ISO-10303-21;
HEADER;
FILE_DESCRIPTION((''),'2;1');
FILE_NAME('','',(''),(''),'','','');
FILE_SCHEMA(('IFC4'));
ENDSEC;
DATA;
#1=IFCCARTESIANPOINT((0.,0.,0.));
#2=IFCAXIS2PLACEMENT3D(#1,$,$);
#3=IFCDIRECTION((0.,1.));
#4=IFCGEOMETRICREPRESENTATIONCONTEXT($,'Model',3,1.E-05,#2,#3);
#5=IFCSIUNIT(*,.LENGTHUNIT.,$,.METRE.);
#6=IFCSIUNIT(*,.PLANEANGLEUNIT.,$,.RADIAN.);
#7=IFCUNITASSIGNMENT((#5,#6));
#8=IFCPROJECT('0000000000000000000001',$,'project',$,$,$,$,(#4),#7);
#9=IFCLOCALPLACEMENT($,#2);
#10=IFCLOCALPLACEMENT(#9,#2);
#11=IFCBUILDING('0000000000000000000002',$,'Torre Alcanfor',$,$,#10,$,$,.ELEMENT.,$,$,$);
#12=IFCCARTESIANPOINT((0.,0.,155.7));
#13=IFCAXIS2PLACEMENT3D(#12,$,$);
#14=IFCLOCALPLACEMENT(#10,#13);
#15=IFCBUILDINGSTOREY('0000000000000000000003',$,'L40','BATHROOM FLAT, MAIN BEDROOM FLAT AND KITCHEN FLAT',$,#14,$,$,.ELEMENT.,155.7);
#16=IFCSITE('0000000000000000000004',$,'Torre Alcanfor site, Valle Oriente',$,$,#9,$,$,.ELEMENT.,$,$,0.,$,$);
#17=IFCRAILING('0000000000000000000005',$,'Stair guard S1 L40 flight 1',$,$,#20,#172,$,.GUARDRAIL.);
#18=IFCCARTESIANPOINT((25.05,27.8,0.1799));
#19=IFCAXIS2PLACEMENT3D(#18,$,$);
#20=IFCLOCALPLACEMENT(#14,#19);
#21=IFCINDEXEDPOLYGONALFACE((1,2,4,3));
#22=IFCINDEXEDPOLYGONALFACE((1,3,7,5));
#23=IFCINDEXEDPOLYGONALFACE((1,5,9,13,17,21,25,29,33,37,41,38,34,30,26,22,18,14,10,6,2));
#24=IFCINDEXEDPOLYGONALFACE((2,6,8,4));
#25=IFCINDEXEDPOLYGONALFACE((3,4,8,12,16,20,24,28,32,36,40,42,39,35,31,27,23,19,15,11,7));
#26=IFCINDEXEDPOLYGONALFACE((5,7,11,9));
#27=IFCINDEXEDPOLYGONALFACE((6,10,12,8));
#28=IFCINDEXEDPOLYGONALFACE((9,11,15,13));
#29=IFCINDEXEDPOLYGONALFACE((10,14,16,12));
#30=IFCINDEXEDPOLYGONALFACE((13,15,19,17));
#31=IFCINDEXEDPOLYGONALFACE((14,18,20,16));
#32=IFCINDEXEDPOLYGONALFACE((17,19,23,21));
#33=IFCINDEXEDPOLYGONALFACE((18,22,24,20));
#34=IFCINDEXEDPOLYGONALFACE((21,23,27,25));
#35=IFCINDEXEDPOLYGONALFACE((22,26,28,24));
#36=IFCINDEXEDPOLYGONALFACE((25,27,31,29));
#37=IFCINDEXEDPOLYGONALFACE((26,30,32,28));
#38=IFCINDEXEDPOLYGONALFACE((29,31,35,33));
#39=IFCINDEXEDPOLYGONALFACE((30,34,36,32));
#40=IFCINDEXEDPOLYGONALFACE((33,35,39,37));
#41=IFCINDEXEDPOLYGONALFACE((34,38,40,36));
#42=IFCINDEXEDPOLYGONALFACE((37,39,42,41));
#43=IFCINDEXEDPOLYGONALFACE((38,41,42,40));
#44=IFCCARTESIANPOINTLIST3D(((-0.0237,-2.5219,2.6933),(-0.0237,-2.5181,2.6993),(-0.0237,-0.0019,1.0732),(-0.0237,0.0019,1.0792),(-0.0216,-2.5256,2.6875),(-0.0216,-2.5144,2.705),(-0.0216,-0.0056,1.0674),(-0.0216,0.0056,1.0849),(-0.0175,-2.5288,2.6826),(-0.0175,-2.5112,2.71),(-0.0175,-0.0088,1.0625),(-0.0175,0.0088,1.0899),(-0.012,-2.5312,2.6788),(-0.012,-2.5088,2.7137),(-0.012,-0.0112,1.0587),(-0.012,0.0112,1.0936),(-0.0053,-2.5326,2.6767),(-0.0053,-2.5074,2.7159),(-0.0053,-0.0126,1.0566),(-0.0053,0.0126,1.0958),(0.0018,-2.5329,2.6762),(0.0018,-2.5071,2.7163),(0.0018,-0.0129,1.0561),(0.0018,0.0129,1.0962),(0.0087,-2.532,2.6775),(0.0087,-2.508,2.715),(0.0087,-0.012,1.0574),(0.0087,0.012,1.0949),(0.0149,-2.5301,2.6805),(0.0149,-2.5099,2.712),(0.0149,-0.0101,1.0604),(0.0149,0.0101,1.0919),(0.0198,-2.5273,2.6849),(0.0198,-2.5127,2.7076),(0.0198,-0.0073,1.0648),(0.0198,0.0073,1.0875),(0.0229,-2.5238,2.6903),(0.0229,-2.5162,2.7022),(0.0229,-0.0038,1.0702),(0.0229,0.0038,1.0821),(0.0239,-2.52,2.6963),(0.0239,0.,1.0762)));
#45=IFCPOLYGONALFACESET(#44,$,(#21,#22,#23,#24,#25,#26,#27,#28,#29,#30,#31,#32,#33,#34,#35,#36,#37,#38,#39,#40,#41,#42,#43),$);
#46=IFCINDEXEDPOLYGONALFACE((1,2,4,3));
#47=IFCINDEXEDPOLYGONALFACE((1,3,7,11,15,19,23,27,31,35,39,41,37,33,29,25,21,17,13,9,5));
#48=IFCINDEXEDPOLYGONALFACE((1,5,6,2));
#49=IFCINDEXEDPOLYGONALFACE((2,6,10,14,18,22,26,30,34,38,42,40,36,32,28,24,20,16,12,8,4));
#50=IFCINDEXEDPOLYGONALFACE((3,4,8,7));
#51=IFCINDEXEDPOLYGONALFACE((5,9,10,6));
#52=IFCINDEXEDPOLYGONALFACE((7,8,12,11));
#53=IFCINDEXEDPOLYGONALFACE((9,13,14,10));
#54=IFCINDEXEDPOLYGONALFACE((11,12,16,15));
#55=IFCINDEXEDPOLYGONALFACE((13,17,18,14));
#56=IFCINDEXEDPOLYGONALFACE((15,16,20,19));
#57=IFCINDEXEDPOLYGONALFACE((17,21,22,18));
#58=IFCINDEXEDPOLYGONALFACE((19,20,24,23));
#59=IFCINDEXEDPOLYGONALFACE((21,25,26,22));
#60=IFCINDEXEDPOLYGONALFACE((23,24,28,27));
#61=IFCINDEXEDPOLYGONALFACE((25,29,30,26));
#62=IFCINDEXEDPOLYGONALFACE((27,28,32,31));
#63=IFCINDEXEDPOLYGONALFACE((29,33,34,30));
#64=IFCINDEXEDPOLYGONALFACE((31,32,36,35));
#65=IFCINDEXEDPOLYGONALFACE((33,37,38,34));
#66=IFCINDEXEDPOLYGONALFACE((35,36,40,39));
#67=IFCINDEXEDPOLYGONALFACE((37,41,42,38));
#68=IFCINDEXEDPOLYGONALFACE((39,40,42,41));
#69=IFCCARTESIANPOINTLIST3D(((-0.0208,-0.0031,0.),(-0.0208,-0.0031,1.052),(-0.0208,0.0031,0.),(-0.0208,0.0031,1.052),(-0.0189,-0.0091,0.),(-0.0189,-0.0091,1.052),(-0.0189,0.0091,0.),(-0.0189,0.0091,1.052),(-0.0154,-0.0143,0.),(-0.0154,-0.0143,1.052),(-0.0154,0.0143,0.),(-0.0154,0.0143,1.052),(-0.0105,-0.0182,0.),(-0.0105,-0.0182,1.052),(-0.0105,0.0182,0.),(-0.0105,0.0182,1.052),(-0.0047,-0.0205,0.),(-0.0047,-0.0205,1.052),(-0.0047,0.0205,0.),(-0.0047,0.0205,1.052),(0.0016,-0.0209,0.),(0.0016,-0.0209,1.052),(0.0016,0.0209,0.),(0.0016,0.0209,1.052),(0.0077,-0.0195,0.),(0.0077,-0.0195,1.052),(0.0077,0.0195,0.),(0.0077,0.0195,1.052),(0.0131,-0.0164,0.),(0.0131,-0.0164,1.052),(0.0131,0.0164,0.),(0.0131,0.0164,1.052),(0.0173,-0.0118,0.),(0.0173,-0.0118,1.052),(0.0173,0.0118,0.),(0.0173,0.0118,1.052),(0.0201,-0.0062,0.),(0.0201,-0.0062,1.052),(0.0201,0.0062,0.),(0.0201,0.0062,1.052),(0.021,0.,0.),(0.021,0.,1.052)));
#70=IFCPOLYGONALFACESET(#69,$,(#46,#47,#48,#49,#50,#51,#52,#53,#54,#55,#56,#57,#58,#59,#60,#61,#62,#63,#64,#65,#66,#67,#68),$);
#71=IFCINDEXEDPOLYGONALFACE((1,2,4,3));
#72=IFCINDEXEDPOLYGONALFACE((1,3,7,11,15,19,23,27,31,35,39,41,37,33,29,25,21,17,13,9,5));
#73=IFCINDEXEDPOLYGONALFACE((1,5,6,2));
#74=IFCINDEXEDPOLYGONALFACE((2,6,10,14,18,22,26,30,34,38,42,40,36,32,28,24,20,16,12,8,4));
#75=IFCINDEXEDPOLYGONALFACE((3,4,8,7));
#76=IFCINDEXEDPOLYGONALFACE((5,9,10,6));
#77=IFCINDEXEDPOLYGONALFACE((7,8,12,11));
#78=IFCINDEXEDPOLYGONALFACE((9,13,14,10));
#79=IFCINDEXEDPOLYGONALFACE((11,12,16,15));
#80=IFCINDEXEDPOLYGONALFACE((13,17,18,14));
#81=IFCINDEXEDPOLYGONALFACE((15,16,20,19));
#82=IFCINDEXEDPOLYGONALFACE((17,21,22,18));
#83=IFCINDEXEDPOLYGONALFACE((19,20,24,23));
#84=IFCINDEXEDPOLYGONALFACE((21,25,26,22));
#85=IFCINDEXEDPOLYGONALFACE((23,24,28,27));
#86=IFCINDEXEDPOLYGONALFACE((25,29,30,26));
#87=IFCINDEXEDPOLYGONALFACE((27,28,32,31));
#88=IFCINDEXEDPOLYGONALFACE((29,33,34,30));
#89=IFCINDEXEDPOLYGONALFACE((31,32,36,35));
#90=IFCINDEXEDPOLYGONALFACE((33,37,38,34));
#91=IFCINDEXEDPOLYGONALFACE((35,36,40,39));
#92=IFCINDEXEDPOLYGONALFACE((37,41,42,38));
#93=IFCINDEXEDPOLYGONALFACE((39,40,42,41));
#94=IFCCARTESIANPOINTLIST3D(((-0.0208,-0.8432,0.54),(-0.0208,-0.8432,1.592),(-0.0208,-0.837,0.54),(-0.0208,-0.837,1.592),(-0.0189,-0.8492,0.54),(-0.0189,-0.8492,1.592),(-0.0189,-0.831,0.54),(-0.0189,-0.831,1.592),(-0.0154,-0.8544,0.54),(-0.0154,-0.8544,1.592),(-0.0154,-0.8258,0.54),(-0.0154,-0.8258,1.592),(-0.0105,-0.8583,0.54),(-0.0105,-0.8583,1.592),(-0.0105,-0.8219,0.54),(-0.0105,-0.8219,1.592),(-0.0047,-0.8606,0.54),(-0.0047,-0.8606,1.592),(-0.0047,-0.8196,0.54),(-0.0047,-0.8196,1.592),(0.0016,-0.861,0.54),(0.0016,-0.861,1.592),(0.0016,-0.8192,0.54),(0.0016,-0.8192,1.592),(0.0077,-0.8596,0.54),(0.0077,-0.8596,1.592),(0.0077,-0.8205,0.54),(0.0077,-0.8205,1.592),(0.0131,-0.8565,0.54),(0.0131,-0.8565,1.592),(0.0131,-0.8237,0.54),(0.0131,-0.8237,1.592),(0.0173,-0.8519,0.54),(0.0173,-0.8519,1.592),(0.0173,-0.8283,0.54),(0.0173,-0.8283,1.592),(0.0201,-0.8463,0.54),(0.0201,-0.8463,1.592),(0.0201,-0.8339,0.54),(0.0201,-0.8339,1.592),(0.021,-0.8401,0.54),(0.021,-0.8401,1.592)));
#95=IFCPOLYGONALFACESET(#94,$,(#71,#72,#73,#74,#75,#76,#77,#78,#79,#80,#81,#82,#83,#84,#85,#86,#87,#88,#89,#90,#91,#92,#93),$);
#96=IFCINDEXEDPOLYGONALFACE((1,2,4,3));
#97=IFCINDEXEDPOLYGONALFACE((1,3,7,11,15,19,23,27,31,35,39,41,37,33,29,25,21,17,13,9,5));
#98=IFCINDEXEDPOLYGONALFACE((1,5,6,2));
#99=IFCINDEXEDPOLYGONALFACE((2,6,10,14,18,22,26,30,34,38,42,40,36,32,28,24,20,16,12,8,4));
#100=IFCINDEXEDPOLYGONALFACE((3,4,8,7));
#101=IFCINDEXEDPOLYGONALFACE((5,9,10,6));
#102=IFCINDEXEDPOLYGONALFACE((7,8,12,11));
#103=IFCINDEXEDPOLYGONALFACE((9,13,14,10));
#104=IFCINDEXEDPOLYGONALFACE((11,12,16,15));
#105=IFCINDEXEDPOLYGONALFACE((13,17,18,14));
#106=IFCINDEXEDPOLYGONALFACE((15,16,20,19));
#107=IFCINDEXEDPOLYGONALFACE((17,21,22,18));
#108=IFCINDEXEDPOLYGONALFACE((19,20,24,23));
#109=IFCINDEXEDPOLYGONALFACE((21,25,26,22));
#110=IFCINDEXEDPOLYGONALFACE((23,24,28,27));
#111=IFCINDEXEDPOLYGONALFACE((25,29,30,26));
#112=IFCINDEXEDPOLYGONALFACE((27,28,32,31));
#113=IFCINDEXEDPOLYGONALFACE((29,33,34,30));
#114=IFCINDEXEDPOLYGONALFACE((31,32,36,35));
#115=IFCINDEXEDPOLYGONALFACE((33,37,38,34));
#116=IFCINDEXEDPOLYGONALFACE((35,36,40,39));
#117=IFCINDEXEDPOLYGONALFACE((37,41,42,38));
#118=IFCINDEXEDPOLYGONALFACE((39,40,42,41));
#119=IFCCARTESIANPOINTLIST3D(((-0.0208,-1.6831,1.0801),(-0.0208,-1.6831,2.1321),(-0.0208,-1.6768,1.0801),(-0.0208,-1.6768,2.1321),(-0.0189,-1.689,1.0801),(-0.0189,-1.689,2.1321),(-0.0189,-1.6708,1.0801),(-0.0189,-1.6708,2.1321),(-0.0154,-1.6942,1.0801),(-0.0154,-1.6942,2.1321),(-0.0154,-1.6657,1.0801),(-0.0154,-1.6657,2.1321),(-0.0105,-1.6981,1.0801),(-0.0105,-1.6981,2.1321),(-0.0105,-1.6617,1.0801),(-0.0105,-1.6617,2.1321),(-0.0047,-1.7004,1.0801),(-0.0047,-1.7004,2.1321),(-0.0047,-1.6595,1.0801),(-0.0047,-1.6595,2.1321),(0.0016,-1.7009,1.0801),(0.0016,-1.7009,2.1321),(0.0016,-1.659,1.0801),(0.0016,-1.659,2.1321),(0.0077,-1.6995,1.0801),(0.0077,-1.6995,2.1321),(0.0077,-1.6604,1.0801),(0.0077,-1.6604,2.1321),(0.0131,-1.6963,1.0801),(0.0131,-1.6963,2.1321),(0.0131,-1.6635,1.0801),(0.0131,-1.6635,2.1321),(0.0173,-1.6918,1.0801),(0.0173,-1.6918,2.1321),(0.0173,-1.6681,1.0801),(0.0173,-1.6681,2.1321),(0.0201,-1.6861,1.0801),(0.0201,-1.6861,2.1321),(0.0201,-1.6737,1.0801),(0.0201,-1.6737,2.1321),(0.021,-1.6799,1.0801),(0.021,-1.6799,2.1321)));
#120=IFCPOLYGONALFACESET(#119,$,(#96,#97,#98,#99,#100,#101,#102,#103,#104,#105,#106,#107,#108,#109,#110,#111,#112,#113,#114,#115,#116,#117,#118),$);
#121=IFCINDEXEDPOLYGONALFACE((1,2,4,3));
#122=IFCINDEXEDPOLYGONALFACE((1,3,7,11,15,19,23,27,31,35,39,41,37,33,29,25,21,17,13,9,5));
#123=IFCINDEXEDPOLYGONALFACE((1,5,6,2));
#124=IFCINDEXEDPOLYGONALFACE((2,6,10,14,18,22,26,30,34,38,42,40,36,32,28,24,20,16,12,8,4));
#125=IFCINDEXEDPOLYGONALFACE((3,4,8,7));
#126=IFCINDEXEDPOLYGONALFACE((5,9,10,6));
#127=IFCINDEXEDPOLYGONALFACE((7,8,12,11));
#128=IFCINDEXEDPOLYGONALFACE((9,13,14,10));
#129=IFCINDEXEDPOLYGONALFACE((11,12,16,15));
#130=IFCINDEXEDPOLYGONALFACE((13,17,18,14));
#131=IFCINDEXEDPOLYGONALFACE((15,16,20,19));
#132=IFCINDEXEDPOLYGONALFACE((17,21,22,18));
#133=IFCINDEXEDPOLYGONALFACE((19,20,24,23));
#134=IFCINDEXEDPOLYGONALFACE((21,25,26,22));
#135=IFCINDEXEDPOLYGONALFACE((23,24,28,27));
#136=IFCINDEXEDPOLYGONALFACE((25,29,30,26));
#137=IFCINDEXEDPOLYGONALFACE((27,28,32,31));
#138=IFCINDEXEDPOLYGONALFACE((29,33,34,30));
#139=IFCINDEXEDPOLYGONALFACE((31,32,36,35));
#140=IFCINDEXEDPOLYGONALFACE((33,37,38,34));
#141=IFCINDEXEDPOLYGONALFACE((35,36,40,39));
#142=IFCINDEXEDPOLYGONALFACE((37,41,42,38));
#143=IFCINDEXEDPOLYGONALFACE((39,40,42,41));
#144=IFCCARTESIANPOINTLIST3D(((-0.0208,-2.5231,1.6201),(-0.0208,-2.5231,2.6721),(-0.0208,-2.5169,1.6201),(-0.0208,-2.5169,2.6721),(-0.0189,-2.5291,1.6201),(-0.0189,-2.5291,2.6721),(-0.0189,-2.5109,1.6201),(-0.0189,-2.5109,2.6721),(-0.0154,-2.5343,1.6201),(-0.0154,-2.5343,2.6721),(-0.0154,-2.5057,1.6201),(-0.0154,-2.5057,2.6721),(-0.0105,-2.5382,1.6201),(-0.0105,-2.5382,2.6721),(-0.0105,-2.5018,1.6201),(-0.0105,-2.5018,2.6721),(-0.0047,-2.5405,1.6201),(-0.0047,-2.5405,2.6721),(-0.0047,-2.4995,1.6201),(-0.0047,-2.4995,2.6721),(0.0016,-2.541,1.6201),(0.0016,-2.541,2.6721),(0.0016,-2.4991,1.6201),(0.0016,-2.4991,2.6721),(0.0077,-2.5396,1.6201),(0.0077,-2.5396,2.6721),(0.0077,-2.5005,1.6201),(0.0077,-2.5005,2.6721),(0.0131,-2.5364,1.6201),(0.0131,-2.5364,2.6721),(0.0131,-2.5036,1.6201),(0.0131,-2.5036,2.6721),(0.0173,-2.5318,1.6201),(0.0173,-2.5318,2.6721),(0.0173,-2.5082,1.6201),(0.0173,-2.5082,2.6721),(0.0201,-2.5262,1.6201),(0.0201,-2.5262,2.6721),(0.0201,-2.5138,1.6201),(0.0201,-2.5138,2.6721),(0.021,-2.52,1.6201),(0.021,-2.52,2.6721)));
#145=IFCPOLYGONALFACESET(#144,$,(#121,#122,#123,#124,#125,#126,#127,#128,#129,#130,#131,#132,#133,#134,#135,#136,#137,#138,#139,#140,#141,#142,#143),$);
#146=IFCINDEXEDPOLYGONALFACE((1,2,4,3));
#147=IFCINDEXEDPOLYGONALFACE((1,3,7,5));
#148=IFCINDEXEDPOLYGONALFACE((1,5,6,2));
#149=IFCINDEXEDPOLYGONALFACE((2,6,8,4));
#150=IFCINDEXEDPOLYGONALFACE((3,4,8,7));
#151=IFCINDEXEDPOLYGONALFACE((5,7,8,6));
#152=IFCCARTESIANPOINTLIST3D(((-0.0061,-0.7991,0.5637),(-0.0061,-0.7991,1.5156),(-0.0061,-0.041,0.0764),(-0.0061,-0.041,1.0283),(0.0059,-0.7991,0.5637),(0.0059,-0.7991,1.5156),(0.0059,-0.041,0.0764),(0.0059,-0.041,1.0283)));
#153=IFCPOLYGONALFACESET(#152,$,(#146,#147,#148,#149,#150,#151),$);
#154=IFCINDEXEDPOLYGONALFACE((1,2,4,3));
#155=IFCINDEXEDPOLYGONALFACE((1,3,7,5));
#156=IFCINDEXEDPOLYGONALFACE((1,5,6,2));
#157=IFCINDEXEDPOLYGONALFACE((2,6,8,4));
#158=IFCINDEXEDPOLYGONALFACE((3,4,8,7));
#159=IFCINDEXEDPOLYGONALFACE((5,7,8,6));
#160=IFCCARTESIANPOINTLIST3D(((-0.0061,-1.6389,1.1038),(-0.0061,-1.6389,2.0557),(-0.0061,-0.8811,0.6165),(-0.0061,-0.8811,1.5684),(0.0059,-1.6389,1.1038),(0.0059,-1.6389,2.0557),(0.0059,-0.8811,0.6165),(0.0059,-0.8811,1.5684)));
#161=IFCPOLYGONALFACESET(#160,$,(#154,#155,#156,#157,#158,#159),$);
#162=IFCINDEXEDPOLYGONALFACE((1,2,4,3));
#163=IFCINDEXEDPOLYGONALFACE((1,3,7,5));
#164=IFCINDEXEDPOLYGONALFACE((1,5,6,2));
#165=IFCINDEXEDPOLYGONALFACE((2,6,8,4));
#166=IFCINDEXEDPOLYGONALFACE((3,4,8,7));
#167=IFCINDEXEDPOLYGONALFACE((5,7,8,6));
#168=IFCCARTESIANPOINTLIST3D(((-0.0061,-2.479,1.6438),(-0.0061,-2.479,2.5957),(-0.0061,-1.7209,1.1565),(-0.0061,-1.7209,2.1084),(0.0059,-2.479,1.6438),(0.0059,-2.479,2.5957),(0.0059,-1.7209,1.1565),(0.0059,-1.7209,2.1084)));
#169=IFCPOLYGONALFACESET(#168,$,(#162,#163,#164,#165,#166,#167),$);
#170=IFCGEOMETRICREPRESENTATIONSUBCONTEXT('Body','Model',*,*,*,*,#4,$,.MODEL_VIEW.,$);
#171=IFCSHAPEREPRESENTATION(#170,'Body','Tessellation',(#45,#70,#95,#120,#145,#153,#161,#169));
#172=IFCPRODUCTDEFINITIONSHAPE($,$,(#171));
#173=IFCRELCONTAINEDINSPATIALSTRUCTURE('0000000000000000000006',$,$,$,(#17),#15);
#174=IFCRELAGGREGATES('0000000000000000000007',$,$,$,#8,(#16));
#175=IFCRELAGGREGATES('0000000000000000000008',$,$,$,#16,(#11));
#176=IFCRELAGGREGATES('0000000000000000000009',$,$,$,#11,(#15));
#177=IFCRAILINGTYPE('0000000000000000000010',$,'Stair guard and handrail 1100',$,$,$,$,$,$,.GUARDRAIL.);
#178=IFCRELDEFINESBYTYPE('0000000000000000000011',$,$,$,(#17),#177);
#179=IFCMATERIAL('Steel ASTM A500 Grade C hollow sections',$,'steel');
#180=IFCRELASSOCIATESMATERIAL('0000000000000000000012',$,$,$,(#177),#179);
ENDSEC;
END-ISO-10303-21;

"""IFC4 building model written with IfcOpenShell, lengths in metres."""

from ifc_helpers import new_model, si_unit, direction, frame, origin, origin_2d, place, context, subcontext, project, spatial, polyline, circle, outline, extrude, material, type_object, element, save


model = new_model("IFC4")

# Units and contexts
model_context = context("Model", 3, precision=1e-05, world=origin(), true_north=direction((0.0, 1.0)))
body_context = subcontext(model_context, "Body", "Model", "MODEL_VIEW")
ifc_project = project(units=[si_unit("LENGTHUNIT", "METRE"), si_unit("PLANEANGLEUNIT", "RADIAN")], contexts=[model_context])

# Site, building, storey
site_placement = place(None, origin())
site = spatial("IfcSite", under=ifc_project, at=site_placement, Name="Torre Alcanfor site, Valle Oriente", CompositionType="ELEMENT", RefElevation=0.0)
building_placement = place(site_placement, origin())
building = spatial("IfcBuilding", under=site, at=building_placement, Name="Torre Alcanfor", CompositionType="ELEMENT")
storey_placement = place(building_placement, frame((0.0, 0.0, 155.7)))
storey = spatial("IfcBuildingStorey", under=building, at=storey_placement, Name="L40", Description="BATHROOM FLAT, MAIN BEDROOM FLAT AND KITCHEN FLAT", CompositionType="ELEMENT", Elevation=155.7)

# Railing
ifc_material_1 = material(Name="Steel ASTM A500 Grade C hollow sections", Category="steel")
railing_type_1 = type_object("IfcRailingType", Name="Stair guard and handrail 1100", PredefinedType="GUARDRAIL", material=ifc_material_1)
railing_1_placement = place(storey_placement, frame((25.05, 27.8, 0.1799)))
element("IfcRailing", 1, at=railing_1_placement, inside=storey, type_object=railing_type_1, Name="Stair guard S1 L40 flight 1", PredefinedType="GUARDRAIL", context=body_context, shape_type="SweptSolid", body=[
    extrude(circle(Radius=0.0239, at=origin_2d()), frame((0.0, 0.0, 1.0762), z_axis=(0.0, -0.841163, 0.540782), x_axis=(1.0, 0.0, 0.0)), (0.0, 0.0, 1.0), 2.9958),
    extrude(circle(Radius=0.021, at=origin_2d()), origin(), (0.0, 0.0, 1.0), 1.052),
    extrude(circle(Radius=0.021, at=origin_2d()), frame((0.0, -0.8401, 0.54)), (0.0, 0.0, 1.0), 1.052),
    extrude(circle(Radius=0.021, at=origin_2d()), frame((0.0, -1.6799, 1.0801)), (0.0, 0.0, 1.0), 1.052),
    extrude(circle(Radius=0.021, at=origin_2d()), frame((0.0, -2.52, 1.6201)), (0.0, 0.0, 1.0), 1.052),
    extrude(outline(polyline([(0.041, 0.0764), (0.7991, 0.5637), (0.7991, 1.5156), (0.041, 1.0283), (0.041, 0.0764)])), frame((0.0059, 0.0, 0.0), z_axis=(-1.0, 0.0, 0.0), x_axis=(0.0, -1.0, 0.0)), (0.0, 0.0, 1.0), 0.012),
    extrude(outline(polyline([(0.8811, 0.6165), (1.6389, 1.1038), (1.6389, 2.0557), (0.8811, 1.5684), (0.8811, 0.6165)])), frame((0.0059, 0.0, 0.0), z_axis=(-1.0, 0.0, 0.0), x_axis=(0.0, -1.0, 0.0)), (0.0, 0.0, 1.0), 0.012),
    extrude(outline(polyline([(1.7209, 1.1565), (2.479, 1.6438), (2.479, 2.5957), (1.7209, 2.1084), (1.7209, 1.1565)])), frame((0.0059, 0.0, 0.0), z_axis=(-1.0, 0.0, 0.0), x_axis=(0.0, -1.0, 0.0)), (0.0, 0.0, 1.0), 0.012),
])

save(model, "model.ifc")
